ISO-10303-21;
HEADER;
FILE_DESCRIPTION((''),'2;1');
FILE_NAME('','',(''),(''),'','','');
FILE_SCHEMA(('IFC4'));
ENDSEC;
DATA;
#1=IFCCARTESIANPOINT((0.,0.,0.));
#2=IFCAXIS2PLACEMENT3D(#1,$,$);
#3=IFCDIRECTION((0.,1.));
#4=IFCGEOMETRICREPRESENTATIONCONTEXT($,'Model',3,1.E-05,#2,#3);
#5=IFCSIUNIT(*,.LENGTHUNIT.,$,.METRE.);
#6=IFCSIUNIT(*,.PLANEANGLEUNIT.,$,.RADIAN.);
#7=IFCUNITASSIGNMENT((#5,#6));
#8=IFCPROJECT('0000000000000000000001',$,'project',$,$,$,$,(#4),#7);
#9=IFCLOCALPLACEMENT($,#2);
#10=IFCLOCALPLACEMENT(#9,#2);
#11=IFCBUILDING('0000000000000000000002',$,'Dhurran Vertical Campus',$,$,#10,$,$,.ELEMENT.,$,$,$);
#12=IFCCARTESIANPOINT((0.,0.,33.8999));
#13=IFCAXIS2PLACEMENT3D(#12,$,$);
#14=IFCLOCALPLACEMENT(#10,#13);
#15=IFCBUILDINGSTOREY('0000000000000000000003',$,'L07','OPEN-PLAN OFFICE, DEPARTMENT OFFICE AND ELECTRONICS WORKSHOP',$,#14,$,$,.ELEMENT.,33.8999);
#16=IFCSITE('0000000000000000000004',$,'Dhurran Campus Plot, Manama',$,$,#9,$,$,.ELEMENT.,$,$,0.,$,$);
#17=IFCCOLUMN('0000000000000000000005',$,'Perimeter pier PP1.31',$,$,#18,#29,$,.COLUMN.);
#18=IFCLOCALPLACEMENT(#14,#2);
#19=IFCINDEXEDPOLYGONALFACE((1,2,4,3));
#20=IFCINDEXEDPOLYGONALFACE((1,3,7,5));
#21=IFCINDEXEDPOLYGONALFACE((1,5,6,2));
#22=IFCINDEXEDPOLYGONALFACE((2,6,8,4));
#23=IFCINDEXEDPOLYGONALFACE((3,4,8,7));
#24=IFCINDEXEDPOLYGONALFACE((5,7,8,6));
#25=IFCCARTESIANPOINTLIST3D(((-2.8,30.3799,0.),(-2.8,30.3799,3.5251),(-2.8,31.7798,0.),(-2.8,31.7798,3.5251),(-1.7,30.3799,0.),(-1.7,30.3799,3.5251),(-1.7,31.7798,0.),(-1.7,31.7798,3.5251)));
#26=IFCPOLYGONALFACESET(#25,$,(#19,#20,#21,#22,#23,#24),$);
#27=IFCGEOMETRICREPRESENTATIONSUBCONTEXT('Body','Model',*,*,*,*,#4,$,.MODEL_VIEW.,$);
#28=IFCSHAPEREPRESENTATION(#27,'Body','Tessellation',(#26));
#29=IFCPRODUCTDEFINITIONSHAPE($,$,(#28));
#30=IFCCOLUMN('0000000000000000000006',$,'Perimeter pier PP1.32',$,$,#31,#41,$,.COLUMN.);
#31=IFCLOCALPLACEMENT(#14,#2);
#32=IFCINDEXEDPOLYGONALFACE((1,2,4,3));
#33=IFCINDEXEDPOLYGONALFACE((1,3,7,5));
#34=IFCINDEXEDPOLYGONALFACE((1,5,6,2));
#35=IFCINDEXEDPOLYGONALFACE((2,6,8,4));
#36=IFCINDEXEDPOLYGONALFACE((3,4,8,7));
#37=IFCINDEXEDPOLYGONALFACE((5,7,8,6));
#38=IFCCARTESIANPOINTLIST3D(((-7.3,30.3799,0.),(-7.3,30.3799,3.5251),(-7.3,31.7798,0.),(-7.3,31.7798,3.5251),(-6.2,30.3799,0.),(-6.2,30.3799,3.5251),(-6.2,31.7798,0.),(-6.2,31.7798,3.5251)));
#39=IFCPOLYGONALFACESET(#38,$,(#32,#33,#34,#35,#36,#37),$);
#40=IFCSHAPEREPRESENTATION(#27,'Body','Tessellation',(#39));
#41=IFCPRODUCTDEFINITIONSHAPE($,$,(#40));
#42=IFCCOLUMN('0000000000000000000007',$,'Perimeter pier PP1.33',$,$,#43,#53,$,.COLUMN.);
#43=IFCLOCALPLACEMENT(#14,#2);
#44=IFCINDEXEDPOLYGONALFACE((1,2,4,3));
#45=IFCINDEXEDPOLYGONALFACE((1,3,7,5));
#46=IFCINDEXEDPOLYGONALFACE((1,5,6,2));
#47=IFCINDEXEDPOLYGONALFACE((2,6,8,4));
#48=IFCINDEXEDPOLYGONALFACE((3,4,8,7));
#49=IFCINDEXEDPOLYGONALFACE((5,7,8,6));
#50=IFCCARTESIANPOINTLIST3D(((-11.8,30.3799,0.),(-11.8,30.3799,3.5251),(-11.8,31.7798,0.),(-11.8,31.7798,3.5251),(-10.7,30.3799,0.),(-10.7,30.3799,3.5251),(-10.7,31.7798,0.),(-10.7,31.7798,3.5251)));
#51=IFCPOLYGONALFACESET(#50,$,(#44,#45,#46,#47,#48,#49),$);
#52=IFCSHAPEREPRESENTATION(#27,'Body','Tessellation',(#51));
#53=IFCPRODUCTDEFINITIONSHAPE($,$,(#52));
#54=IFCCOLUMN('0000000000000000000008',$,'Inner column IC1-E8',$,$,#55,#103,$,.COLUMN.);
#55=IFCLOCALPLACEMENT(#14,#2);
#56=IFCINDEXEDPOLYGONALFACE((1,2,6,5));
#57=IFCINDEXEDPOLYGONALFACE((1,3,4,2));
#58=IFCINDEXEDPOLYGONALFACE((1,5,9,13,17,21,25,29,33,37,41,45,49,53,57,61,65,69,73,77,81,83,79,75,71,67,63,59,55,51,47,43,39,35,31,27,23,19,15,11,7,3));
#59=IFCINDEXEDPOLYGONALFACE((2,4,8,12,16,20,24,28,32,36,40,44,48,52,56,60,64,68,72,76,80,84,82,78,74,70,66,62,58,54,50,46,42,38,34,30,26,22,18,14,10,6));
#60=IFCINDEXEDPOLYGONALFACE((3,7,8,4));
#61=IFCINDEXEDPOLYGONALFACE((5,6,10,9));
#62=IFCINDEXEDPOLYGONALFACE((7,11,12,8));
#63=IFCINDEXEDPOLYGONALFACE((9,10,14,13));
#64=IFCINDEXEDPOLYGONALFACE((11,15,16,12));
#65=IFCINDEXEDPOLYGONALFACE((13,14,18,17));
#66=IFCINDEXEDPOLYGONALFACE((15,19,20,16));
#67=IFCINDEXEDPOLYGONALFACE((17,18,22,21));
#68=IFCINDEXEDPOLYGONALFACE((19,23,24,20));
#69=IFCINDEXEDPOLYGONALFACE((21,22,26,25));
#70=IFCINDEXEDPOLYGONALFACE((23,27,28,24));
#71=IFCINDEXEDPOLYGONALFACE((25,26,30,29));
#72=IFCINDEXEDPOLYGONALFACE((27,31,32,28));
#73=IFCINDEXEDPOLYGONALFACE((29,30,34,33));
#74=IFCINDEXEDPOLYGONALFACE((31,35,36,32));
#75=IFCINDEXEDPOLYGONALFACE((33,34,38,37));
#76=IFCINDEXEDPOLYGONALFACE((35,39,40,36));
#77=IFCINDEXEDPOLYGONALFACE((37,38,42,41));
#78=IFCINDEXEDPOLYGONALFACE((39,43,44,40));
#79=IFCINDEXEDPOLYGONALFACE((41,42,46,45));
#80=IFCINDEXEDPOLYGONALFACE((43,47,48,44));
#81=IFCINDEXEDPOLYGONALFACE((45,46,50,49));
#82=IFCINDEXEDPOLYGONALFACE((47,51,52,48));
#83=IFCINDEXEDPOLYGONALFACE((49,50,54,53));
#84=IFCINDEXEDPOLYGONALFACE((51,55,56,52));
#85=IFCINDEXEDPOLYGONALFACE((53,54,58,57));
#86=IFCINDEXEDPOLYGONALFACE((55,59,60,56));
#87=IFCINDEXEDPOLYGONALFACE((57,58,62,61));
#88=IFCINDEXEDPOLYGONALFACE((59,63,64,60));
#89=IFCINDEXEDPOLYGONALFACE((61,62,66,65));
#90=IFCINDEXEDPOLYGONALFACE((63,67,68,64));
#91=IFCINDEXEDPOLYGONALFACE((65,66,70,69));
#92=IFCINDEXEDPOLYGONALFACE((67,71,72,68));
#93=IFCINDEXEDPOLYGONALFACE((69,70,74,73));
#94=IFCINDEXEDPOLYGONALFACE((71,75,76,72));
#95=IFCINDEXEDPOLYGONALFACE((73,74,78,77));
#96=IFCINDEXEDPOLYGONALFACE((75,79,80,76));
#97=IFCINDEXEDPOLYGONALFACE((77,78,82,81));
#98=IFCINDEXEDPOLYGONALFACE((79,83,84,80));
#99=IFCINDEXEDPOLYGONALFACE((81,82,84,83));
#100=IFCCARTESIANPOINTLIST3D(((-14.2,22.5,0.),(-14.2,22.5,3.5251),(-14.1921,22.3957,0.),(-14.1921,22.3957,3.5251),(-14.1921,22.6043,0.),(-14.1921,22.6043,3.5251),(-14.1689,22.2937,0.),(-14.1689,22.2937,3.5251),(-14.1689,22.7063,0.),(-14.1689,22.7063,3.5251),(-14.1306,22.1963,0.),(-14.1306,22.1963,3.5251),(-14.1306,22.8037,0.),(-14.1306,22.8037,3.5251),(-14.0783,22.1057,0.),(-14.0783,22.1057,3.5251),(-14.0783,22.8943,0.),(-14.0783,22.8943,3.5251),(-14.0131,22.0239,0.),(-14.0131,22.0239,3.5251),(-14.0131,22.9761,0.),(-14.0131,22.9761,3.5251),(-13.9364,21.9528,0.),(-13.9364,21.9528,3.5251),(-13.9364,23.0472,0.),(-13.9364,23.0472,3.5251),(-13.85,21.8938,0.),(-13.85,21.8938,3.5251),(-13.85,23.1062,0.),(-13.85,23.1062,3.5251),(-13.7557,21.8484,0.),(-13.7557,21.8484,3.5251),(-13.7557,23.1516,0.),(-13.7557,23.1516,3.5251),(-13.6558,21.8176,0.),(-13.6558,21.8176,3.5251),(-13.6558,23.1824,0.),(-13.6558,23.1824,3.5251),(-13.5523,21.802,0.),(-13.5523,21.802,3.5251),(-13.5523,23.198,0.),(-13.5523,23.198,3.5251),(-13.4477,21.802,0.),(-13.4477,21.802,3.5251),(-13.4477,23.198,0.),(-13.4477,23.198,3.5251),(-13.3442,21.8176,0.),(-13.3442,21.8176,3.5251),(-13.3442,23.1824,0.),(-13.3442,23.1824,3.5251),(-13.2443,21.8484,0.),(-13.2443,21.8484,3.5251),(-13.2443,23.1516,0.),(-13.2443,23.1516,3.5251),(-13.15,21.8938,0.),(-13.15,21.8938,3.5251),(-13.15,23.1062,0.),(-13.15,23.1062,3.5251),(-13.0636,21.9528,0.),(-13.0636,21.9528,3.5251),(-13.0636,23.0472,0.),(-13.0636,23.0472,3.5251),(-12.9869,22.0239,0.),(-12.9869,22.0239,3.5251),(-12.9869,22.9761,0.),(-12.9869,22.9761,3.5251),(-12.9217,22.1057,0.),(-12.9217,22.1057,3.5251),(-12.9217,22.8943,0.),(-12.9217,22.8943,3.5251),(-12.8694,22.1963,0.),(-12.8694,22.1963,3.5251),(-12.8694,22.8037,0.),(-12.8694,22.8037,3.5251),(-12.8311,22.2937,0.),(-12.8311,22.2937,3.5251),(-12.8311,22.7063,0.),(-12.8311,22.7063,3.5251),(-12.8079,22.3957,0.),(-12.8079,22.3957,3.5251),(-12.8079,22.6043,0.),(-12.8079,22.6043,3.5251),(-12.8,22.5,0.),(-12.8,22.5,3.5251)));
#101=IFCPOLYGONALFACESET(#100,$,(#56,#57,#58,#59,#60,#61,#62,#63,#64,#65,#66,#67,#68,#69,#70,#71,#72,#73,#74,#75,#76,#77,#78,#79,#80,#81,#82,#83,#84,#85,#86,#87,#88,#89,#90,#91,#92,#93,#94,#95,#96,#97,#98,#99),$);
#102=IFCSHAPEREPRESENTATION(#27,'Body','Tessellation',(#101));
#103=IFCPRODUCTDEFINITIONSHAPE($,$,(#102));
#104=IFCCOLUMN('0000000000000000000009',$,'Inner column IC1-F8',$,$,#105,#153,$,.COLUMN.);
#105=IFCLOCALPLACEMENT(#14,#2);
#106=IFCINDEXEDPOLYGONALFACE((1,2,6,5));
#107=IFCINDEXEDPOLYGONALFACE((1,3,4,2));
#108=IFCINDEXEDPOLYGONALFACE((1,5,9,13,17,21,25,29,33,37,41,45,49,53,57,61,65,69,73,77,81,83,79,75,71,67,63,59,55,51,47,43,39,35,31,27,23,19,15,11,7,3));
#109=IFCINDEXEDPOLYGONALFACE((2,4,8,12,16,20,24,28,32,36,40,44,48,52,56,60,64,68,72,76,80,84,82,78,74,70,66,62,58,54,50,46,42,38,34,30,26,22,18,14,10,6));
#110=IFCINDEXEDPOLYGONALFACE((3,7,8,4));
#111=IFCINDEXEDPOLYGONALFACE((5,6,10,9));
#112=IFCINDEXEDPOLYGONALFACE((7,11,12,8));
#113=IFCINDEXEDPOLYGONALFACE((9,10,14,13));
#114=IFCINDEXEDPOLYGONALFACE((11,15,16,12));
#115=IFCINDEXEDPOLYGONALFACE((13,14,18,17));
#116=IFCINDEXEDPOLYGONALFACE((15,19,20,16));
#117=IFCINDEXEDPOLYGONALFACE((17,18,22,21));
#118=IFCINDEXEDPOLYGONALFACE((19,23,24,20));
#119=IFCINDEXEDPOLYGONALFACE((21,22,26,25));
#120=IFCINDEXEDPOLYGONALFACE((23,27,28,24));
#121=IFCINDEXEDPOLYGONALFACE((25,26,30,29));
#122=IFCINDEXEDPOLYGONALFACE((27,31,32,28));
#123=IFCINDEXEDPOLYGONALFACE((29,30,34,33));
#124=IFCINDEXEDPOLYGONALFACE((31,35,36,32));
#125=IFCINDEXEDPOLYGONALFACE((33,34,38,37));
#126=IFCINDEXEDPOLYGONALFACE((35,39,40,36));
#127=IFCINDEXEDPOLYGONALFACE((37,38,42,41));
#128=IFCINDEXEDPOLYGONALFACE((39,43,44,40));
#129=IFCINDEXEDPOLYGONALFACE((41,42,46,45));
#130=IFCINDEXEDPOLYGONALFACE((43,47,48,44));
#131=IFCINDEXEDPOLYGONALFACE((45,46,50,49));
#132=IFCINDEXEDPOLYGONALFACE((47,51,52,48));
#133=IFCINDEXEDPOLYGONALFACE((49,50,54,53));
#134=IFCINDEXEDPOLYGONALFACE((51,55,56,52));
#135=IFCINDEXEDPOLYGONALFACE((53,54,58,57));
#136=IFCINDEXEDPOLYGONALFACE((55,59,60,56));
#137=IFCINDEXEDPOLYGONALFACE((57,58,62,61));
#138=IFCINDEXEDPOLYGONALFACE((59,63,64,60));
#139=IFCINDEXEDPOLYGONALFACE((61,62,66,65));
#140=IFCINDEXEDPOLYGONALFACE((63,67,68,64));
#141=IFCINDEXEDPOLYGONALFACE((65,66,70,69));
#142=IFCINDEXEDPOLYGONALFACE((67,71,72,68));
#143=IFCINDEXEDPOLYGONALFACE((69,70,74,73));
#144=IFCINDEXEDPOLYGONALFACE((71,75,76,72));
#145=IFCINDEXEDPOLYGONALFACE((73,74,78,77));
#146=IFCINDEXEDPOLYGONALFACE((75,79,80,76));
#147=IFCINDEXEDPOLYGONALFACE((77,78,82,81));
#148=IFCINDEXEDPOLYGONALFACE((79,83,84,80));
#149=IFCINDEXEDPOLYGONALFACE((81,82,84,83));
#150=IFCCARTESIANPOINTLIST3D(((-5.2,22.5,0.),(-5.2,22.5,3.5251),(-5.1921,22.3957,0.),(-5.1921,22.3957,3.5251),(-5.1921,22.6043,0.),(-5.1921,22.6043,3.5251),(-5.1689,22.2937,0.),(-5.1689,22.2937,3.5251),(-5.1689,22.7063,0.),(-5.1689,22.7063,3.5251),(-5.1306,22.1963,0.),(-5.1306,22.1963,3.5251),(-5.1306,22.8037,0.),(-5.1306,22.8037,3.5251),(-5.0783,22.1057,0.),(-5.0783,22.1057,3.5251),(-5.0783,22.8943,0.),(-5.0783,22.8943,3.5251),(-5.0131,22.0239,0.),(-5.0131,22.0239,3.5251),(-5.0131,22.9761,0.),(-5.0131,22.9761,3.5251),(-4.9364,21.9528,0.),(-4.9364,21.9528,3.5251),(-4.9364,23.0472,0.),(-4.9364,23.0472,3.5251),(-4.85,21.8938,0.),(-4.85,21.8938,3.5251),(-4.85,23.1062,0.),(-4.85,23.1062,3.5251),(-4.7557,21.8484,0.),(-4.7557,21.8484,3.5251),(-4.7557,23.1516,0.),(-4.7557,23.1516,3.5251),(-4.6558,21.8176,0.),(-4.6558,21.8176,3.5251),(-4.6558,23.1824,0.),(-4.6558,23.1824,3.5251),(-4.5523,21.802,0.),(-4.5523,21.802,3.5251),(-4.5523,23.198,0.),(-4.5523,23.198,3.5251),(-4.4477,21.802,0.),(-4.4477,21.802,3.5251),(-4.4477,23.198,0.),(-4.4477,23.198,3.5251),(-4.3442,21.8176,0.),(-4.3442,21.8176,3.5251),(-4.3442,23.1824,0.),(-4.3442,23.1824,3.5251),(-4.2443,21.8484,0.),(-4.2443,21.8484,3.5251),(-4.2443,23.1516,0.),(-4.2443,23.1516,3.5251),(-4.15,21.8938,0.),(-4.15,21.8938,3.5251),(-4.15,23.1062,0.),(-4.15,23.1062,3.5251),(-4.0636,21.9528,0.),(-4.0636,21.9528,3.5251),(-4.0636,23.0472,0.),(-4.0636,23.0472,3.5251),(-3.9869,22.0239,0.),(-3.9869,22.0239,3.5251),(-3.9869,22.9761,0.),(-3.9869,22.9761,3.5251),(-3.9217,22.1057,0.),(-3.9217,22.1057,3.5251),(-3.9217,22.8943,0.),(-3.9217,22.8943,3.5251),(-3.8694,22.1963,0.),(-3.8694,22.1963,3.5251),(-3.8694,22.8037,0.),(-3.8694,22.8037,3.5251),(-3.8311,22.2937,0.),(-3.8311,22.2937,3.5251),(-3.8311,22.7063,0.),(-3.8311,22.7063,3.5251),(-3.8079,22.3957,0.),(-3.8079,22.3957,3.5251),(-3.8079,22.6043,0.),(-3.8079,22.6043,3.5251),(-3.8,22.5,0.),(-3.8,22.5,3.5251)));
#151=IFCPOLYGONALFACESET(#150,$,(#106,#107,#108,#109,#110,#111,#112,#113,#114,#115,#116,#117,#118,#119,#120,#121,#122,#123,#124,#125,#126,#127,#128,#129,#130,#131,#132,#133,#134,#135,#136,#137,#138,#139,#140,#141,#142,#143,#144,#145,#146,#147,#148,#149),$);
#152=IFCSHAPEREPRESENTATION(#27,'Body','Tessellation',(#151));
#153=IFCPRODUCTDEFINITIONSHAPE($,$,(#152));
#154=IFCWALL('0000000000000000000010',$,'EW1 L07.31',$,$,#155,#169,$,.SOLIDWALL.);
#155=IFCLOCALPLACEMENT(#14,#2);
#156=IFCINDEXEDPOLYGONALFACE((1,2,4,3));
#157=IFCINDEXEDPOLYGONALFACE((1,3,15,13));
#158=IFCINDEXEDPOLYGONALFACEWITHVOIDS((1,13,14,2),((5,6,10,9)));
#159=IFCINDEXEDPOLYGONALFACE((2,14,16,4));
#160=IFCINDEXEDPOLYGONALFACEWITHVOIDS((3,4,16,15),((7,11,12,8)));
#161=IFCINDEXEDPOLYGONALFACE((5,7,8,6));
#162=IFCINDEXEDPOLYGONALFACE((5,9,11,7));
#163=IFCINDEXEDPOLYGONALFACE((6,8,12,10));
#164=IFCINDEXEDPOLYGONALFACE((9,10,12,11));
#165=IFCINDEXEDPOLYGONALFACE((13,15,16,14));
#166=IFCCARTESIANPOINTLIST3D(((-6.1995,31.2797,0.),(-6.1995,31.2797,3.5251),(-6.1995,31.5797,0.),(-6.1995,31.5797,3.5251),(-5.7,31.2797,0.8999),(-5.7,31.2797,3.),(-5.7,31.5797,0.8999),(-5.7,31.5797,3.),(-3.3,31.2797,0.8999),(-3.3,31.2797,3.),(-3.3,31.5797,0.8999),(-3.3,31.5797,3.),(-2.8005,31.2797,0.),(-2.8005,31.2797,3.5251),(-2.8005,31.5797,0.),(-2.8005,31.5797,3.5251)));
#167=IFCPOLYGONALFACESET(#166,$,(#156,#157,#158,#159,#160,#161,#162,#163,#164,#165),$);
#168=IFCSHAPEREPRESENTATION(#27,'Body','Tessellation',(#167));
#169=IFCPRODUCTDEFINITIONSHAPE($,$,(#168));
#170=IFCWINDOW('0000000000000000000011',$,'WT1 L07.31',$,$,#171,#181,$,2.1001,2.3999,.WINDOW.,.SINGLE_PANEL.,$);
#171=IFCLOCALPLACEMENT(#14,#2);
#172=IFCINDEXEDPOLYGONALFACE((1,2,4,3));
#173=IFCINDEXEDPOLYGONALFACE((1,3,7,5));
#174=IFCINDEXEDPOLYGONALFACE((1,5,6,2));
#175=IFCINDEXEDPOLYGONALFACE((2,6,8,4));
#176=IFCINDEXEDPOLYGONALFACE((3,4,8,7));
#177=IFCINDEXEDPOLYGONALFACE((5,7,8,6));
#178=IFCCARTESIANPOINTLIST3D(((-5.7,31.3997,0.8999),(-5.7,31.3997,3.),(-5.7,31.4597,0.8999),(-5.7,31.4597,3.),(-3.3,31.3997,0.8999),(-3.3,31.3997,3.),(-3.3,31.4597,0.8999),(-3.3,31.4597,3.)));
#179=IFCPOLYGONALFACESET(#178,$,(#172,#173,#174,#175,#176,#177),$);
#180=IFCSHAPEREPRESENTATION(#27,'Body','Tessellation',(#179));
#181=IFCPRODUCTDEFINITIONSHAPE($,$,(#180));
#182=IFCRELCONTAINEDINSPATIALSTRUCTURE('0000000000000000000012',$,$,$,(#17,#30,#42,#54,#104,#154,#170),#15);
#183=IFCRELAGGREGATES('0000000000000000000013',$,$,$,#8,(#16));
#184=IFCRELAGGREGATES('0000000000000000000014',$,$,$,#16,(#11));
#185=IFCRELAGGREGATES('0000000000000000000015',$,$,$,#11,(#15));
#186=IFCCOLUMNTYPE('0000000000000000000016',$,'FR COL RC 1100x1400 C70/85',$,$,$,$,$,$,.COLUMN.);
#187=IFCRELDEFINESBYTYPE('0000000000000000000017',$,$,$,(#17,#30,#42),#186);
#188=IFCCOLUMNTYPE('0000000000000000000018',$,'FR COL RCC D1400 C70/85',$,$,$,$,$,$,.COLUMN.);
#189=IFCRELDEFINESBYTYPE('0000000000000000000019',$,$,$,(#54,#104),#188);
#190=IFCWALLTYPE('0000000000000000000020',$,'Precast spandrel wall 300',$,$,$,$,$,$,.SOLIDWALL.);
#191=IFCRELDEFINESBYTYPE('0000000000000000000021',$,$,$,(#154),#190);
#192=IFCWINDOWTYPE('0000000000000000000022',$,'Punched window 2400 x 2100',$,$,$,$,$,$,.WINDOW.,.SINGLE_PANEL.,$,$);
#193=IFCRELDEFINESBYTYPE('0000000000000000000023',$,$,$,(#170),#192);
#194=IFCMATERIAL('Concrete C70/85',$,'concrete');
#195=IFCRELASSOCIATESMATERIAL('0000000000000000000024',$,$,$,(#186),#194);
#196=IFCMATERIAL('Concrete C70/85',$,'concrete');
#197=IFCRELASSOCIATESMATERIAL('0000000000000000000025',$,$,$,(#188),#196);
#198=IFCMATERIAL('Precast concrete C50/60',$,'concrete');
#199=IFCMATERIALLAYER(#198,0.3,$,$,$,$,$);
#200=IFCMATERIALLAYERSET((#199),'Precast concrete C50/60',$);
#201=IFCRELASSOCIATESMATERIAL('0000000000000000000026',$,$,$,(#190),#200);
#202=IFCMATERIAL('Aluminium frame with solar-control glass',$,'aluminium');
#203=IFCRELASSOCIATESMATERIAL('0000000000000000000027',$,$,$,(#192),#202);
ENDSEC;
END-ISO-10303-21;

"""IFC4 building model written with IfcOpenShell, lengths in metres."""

from ifc_helpers import new_model, si_unit, direction, frame, frame_2d, origin, origin_2d, place, context, subcontext, project, spatial, rectangle, circle, extrude, material, layer, layer_set, material_profile, profile_set, type_object, element, fill, save


model = new_model("IFC4")

# Units and contexts
model_context = context("Model", 3, precision=1e-05, world=origin(), true_north=direction((0.0, 1.0)))
body_context = subcontext(model_context, "Body", "Model", "MODEL_VIEW")
ifc_project = project(units=[si_unit("LENGTHUNIT", "METRE"), si_unit("PLANEANGLEUNIT", "RADIAN")], contexts=[model_context])

# Site, building, storey
site_placement = place(None, origin())
site = spatial("IfcSite", under=ifc_project, at=site_placement, Name="Dhurran Campus Plot, Manama", CompositionType="ELEMENT", RefElevation=0.0)
building_placement = place(site_placement, origin())
building = spatial("IfcBuilding", under=site, at=building_placement, Name="Dhurran Vertical Campus", CompositionType="ELEMENT")
storey_placement = place(building_placement, frame((0.0, 0.0, 33.8999)))
storey = spatial("IfcBuildingStorey", under=building, at=storey_placement, Name="L07", Description="OPEN-PLAN OFFICE, DEPARTMENT OFFICE AND ELECTRONICS WORKSHOP", CompositionType="ELEMENT", Elevation=33.8999)

# Columns
ifc_material_1 = material(Name="Concrete C70/85", Category="concrete")
ifc_material_profile_1 = material_profile(ifc_material_1, rectangle(XDim=1.1001, YDim=1.3999, at=origin_2d()), Name="RC 1100x1400")
ifc_profile_set_1 = profile_set([ifc_material_profile_1], Name="Concrete C70/85")
column_type_1 = type_object("IfcColumnType", Name="FR COL RC 1100x1400 C70/85", PredefinedType="COLUMN", material=ifc_profile_set_1)
for number, where, z_axis, x_axis, name in (
    (1, (-2.25, 31.0798, 0.0), (0.0, 0.0, 1.0), (-1.0, 0.0, 0.0), "Perimeter pier PP1.31"),
    (2, (-6.75, 31.0798, 0.0), (0.0, 0.0, 1.0), (-1.0, 0.0, 0.0), "Perimeter pier PP1.32"),
    (3, (-11.25, 31.0798, 0.0), (0.0, 0.0, 1.0), (-1.0, 0.0, 0.0), "Perimeter pier PP1.33"),
):
    element("IfcColumn", number, at=place(storey_placement, frame(where, z_axis=z_axis, x_axis=x_axis)), inside=storey, type_object=column_type_1, Name=name, PredefinedType="COLUMN", context=body_context, shape_type="SweptSolid", body=[
        extrude(rectangle(XDim=1.1001, YDim=1.3999, at=origin_2d()), origin(), (0.0, 0.0, 1.0), 3.5251),
    ])
ifc_material_2 = material(Name="Concrete C70/85", Category="concrete")
ifc_material_profile_2 = material_profile(ifc_material_2, circle(Radius=0.7, at=origin_2d()), Name="RCC D1400")
ifc_profile_set_2 = profile_set([ifc_material_profile_2], Name="Concrete C70/85")
column_type_2 = type_object("IfcColumnType", Name="FR COL RCC D1400 C70/85", PredefinedType="COLUMN", material=ifc_profile_set_2)
for number, where, z_axis, x_axis, name in (
    (4, (-13.5, 22.5, 0.0), (0.0, 0.0, 1.0), (1.0, 0.0, 0.0), "Inner column IC1-E8"),
    (5, (-4.5, 22.5, 0.0), (0.0, 0.0, 1.0), (1.0, 0.0, 0.0), "Inner column IC1-F8"),
):
    element("IfcColumn", number, at=place(storey_placement, frame(where, z_axis=z_axis, x_axis=x_axis)), inside=storey, type_object=column_type_2, Name=name, PredefinedType="COLUMN", context=body_context, shape_type="SweptSolid", body=[
        extrude(circle(Radius=0.7, at=origin_2d()), origin(), (0.0, 0.0, 1.0), 3.5251),
    ])

# Wall, opening, window
ifc_material_3 = material(Name="Precast concrete C50/60", Category="concrete")
ifc_layer_1 = layer(ifc_material_3, 0.3)
ifc_layer_set_1 = layer_set([ifc_layer_1], Name="Precast concrete C50/60")
wall_type_1 = type_object("IfcWallType", Name="Precast spandrel wall 300", PredefinedType="SOLIDWALL", material=ifc_layer_set_1)
wall_1_placement = place(storey_placement, frame((-2.8005, 31.4297, 0.0), z_axis=(0.0, 0.0, 1.0), x_axis=(-1.0, 0.0, 0.0)))
wall_1 = element("IfcWall", 6, at=wall_1_placement, inside=storey, type_object=wall_type_1, Name="EW1 L07.31", PredefinedType="SOLIDWALL", context=body_context, shape_type="SweptSolid", body=[
    extrude(rectangle(XDim=3.3989, YDim=0.3, at=frame_2d((1.6995, 0.0))), origin(), (0.0, 0.0, 1.0), 3.5251),
])
opening_1_placement = place(wall_1_placement, frame((0.4995, 0.0, 0.8999)))
opening_1 = element("IfcOpeningElement", 7, at=opening_1_placement, cuts=wall_1, PredefinedType="OPENING", context=body_context, shape_type="SweptSolid", body=[
    extrude(rectangle(XDim=2.3999, YDim=2.1001, at=frame_2d((1.2, 1.05))), frame((0.0, 0.1599, 0.0), z_axis=(0.0, -1.0, 0.0), x_axis=(1.0, 0.0, 0.0)), (0.0, 0.0, 1.0), 0.3201),
])
ifc_material_4 = material(Name="Aluminium frame with solar-control glass", Category="aluminium")
window_type = type_object("IfcWindowType", Name="Punched window 2400 x 2100", PartitioningType="SINGLE_PANEL", PredefinedType="WINDOW", material=ifc_material_4)
window_1_placement = place(opening_1_placement, origin())
window_1 = element("IfcWindow", 8, at=window_1_placement, inside=storey, type_object=window_type, Name="WT1 L07.31", OverallHeight=2.1001, OverallWidth=2.3999, PartitioningType="SINGLE_PANEL", PredefinedType="WINDOW", context=body_context, shape_type="SweptSolid", body=[
    extrude(rectangle(XDim=2.3999, YDim=2.1001, at=frame_2d((1.2, 1.05))), frame((0.0, 0.03, 0.0), z_axis=(0.0, -1.0, 0.0), x_axis=(1.0, 0.0, 0.0)), (0.0, 0.0, 1.0), 0.0601),
])
fill(opening_1, window_1)

save(model, "model.ifc")
